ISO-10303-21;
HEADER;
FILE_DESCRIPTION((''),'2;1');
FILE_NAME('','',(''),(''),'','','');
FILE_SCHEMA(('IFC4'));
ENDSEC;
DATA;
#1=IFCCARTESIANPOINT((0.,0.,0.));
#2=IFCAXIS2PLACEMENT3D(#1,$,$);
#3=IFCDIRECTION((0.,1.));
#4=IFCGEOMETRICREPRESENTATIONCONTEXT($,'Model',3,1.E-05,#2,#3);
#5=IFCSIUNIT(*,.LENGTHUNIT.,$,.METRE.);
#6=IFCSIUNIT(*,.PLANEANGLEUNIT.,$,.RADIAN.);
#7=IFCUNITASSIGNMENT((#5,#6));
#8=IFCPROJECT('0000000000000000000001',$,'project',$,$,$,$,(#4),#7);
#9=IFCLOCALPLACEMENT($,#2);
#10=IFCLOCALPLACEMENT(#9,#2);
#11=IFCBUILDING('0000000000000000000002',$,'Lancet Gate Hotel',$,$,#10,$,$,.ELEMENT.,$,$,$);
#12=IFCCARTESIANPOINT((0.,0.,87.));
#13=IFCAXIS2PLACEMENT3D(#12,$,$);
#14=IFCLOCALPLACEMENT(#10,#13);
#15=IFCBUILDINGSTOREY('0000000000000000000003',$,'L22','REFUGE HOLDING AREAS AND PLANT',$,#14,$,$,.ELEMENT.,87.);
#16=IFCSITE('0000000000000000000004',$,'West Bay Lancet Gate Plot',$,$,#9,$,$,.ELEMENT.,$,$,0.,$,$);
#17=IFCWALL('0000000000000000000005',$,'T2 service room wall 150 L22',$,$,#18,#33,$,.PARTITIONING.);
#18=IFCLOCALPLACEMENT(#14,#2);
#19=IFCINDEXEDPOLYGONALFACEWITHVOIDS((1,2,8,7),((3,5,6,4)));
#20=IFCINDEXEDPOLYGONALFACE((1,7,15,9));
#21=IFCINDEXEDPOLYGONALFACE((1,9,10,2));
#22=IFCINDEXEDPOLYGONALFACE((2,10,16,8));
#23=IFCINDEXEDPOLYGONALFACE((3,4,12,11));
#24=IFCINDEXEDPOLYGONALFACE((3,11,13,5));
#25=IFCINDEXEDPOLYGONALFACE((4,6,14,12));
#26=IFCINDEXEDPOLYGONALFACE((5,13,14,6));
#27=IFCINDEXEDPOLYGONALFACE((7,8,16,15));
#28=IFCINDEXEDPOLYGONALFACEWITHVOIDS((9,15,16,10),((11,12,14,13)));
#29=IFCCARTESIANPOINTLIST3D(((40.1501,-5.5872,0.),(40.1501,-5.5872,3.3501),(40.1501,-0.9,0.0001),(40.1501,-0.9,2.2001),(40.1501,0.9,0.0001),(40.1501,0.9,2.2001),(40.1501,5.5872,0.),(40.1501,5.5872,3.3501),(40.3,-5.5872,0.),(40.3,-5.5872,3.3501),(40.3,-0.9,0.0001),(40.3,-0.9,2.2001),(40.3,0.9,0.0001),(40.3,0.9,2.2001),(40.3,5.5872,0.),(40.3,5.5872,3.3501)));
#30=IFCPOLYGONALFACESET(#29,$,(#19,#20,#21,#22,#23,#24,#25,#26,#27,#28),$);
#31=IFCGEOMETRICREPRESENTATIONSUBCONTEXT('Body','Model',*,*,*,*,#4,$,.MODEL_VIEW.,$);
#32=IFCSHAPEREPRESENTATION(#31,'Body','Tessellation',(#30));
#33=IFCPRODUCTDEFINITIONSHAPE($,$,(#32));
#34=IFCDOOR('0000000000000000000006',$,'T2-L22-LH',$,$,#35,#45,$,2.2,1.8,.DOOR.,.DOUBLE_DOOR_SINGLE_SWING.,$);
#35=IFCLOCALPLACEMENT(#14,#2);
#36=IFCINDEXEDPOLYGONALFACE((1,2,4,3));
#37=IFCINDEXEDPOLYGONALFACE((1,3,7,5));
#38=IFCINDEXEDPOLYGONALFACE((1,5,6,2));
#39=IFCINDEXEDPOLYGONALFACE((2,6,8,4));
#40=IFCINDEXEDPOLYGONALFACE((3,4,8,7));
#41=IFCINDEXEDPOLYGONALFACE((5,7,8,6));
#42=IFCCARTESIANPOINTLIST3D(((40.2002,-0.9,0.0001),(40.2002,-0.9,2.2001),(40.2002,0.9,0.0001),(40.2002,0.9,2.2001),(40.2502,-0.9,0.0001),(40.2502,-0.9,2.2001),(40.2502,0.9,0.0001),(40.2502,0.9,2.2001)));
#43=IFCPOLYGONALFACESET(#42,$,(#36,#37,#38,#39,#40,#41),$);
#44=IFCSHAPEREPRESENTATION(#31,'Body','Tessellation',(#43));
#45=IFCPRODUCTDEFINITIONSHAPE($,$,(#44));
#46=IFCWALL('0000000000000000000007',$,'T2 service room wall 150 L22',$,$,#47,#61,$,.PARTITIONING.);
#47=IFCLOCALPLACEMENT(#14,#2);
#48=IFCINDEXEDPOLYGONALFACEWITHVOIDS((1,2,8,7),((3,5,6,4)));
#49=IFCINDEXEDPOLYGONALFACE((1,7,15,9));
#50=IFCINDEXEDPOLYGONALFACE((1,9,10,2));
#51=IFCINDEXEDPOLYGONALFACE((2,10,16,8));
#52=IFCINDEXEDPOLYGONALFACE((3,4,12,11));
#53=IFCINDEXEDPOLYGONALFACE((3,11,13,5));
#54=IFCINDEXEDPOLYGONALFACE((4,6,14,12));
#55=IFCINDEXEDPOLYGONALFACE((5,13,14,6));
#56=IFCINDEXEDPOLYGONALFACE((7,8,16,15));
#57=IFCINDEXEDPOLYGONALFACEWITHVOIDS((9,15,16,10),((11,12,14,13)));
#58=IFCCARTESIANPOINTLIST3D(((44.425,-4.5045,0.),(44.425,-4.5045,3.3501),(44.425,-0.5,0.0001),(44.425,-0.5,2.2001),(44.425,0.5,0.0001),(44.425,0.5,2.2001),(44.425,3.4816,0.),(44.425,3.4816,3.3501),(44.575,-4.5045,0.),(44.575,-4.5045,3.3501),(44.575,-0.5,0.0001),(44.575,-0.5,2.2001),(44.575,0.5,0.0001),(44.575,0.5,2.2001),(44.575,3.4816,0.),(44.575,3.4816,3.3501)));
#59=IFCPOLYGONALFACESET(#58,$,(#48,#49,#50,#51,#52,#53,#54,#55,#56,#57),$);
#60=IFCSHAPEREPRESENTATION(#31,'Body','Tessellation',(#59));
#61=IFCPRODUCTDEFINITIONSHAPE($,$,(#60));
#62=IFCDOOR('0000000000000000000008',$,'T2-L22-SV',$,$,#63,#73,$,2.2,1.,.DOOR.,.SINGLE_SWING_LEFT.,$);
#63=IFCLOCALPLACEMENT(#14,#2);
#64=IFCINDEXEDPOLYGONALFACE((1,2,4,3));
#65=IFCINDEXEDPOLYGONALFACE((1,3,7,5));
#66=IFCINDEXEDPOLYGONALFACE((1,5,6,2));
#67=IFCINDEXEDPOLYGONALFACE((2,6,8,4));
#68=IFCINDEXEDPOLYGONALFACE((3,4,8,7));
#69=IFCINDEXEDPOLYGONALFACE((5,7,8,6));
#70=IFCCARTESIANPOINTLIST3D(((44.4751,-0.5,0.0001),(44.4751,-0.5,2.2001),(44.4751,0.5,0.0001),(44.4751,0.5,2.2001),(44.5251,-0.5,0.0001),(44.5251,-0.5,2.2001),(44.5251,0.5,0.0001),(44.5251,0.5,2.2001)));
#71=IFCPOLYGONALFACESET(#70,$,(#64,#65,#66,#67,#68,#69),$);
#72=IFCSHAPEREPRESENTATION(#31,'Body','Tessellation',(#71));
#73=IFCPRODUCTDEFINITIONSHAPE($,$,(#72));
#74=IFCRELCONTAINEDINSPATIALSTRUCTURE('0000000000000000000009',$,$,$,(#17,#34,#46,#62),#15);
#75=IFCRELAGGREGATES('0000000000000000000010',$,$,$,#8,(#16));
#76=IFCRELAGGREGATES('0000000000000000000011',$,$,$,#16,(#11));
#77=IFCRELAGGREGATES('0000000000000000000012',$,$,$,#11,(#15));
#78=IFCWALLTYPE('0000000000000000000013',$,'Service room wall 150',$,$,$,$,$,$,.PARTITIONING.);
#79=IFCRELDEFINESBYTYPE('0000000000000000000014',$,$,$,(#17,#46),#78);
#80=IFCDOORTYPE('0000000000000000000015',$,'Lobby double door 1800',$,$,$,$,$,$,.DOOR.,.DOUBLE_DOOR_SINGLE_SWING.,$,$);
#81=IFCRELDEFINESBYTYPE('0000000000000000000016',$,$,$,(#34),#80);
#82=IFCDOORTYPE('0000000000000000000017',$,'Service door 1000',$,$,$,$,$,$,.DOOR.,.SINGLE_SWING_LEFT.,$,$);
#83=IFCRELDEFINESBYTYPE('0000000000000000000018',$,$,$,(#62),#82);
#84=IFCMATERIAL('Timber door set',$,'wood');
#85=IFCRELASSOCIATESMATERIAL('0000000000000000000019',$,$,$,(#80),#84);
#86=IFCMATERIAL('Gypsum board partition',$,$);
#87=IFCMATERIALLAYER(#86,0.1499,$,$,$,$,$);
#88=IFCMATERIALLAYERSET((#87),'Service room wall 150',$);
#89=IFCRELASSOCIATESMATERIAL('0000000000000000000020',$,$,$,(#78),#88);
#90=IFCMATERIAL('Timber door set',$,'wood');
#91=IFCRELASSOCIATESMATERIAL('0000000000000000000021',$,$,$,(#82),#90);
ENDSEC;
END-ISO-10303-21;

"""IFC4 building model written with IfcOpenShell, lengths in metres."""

from ifc_helpers import new_model, si_unit, direction, frame, frame_2d, origin, place, context, subcontext, project, spatial, rectangle, extrude, material, layer, layer_set, type_object, element, fill, save


model = new_model("IFC4")

# Units and contexts
model_context = context("Model", 3, precision=1e-05, world=origin(), true_north=direction((0.0, 1.0)))
body_context = subcontext(model_context, "Body", "Model", "MODEL_VIEW")
ifc_project = project(units=[si_unit("LENGTHUNIT", "METRE"), si_unit("PLANEANGLEUNIT", "RADIAN")], contexts=[model_context])

# Site, building, storey
site_placement = place(None, origin())
site = spatial("IfcSite", under=ifc_project, at=site_placement, Name="West Bay Lancet Gate Plot", CompositionType="ELEMENT", RefElevation=0.0)
building_placement = place(site_placement, origin())
building = spatial("IfcBuilding", under=site, at=building_placement, Name="Lancet Gate Hotel", CompositionType="ELEMENT")
storey_placement = place(building_placement, frame((0.0, 0.0, 87.0)))
storey = spatial("IfcBuildingStorey", under=building, at=storey_placement, Name="L22", Description="REFUGE HOLDING AREAS AND PLANT", CompositionType="ELEMENT", Elevation=87.0)

# Shared definitions
ifc_material_1 = material(Name="Timber door set", Category="wood")
door_type_1 = type_object("IfcDoorType", Name="Lobby double door 1800", OperationType="DOUBLE_DOOR_SINGLE_SWING", PredefinedType="DOOR", material=ifc_material_1)

# Shared definitions
ifc_material_2 = material(Name="Gypsum board partition")
ifc_layer_1 = layer(ifc_material_2, 0.1499)
ifc_layer_set_1 = layer_set([ifc_layer_1], Name="Service room wall 150")
wall_type_1 = type_object("IfcWallType", Name="Service room wall 150", PredefinedType="PARTITIONING", material=ifc_layer_set_1)

# Walls, openings, doors
wall_1_placement = place(storey_placement, frame((40.2251, -5.5872, 0.0), z_axis=(0.0, 0.0, 1.0), x_axis=(0.0, 1.0, 0.0)))
wall_1 = element("IfcWall", 1, at=wall_1_placement, inside=storey, type_object=wall_type_1, Name="T2 service room wall 150 L22", PredefinedType="PARTITIONING", context=body_context, shape_type="SweptSolid", body=[
    extrude(rectangle(XDim=11.1743, YDim=0.1499, at=frame_2d((5.5872, 0.0))), origin(), (0.0, 0.0, 1.0), 3.3501),
])
opening_1_placement = place(wall_1_placement, frame((4.6873, 0.0, 0.0)))
opening_1 = element("IfcOpeningElement", 2, at=opening_1_placement, cuts=wall_1, PredefinedType="OPENING", context=body_context, shape_type="SweptSolid", body=[
    extrude(rectangle(XDim=1.8, YDim=2.2, at=frame_2d((0.8999, 1.1001))), frame((0.0, 0.085, 0.0), z_axis=(0.0, -1.0, 0.0), x_axis=(1.0, 0.0, 0.0)), (0.0, 0.0, 1.0), 0.1699),
])
door_1_placement = place(opening_1_placement, origin())
door_1 = element("IfcDoor", 3, at=door_1_placement, inside=storey, type_object=door_type_1, Name="T2-L22-LH", OperationType="DOUBLE_DOOR_SINGLE_SWING", OverallHeight=2.2, OverallWidth=1.8, PredefinedType="DOOR", context=body_context, shape_type="SweptSolid", body=[
    extrude(rectangle(XDim=1.8, YDim=2.2, at=frame_2d((0.8999, 1.1001))), frame((0.0, 0.0249, 0.0), z_axis=(0.0, -1.0, 0.0), x_axis=(1.0, 0.0, 0.0)), (0.0, 0.0, 1.0), 0.05),
])
fill(opening_1, door_1)
wall_2_placement = place(storey_placement, frame((44.5, -4.5046, 0.0), z_axis=(0.0, 0.0, 1.0), x_axis=(0.0, 1.0, 0.0)))
wall_2 = element("IfcWall", 4, at=wall_2_placement, inside=storey, type_object=wall_type_1, Name="T2 service room wall 150 L22", PredefinedType="PARTITIONING", context=body_context, shape_type="SweptSolid", body=[
    extrude(rectangle(XDim=7.9861, YDim=0.1499, at=frame_2d((3.9932, 0.0))), origin(), (0.0, 0.0, 1.0), 3.3501),
])
opening_2_placement = place(wall_2_placement, frame((4.0046, 0.0, 0.0)))
opening_2 = element("IfcOpeningElement", 5, at=opening_2_placement, cuts=wall_2, PredefinedType="OPENING", context=body_context, shape_type="SweptSolid", body=[
    extrude(rectangle(XDim=1.0, YDim=2.2, at=frame_2d((0.5, 1.1001))), frame((0.0, 0.085, 0.0), z_axis=(0.0, -1.0, 0.0), x_axis=(1.0, 0.0, 0.0)), (0.0, 0.0, 1.0), 0.1699),
])
ifc_material_3 = material(Name="Timber door set", Category="wood")
door_type_2 = type_object("IfcDoorType", Name="Service door 1000", OperationType="SINGLE_SWING_LEFT", PredefinedType="DOOR", material=ifc_material_3)
door_2_placement = place(opening_2_placement, origin())
door_2 = element("IfcDoor", 6, at=door_2_placement, inside=storey, type_object=door_type_2, Name="T2-L22-SV", OperationType="SINGLE_SWING_LEFT", OverallHeight=2.2, OverallWidth=1.0, PredefinedType="DOOR", context=body_context, shape_type="SweptSolid", body=[
    extrude(rectangle(XDim=1.0, YDim=2.2, at=frame_2d((0.5, 1.1001))), frame((0.0, 0.0249, 0.0), z_axis=(0.0, -1.0, 0.0), x_axis=(1.0, 0.0, 0.0)), (0.0, 0.0, 1.0), 0.05),
])
fill(opening_2, door_2)

save(model, "model.ifc")
